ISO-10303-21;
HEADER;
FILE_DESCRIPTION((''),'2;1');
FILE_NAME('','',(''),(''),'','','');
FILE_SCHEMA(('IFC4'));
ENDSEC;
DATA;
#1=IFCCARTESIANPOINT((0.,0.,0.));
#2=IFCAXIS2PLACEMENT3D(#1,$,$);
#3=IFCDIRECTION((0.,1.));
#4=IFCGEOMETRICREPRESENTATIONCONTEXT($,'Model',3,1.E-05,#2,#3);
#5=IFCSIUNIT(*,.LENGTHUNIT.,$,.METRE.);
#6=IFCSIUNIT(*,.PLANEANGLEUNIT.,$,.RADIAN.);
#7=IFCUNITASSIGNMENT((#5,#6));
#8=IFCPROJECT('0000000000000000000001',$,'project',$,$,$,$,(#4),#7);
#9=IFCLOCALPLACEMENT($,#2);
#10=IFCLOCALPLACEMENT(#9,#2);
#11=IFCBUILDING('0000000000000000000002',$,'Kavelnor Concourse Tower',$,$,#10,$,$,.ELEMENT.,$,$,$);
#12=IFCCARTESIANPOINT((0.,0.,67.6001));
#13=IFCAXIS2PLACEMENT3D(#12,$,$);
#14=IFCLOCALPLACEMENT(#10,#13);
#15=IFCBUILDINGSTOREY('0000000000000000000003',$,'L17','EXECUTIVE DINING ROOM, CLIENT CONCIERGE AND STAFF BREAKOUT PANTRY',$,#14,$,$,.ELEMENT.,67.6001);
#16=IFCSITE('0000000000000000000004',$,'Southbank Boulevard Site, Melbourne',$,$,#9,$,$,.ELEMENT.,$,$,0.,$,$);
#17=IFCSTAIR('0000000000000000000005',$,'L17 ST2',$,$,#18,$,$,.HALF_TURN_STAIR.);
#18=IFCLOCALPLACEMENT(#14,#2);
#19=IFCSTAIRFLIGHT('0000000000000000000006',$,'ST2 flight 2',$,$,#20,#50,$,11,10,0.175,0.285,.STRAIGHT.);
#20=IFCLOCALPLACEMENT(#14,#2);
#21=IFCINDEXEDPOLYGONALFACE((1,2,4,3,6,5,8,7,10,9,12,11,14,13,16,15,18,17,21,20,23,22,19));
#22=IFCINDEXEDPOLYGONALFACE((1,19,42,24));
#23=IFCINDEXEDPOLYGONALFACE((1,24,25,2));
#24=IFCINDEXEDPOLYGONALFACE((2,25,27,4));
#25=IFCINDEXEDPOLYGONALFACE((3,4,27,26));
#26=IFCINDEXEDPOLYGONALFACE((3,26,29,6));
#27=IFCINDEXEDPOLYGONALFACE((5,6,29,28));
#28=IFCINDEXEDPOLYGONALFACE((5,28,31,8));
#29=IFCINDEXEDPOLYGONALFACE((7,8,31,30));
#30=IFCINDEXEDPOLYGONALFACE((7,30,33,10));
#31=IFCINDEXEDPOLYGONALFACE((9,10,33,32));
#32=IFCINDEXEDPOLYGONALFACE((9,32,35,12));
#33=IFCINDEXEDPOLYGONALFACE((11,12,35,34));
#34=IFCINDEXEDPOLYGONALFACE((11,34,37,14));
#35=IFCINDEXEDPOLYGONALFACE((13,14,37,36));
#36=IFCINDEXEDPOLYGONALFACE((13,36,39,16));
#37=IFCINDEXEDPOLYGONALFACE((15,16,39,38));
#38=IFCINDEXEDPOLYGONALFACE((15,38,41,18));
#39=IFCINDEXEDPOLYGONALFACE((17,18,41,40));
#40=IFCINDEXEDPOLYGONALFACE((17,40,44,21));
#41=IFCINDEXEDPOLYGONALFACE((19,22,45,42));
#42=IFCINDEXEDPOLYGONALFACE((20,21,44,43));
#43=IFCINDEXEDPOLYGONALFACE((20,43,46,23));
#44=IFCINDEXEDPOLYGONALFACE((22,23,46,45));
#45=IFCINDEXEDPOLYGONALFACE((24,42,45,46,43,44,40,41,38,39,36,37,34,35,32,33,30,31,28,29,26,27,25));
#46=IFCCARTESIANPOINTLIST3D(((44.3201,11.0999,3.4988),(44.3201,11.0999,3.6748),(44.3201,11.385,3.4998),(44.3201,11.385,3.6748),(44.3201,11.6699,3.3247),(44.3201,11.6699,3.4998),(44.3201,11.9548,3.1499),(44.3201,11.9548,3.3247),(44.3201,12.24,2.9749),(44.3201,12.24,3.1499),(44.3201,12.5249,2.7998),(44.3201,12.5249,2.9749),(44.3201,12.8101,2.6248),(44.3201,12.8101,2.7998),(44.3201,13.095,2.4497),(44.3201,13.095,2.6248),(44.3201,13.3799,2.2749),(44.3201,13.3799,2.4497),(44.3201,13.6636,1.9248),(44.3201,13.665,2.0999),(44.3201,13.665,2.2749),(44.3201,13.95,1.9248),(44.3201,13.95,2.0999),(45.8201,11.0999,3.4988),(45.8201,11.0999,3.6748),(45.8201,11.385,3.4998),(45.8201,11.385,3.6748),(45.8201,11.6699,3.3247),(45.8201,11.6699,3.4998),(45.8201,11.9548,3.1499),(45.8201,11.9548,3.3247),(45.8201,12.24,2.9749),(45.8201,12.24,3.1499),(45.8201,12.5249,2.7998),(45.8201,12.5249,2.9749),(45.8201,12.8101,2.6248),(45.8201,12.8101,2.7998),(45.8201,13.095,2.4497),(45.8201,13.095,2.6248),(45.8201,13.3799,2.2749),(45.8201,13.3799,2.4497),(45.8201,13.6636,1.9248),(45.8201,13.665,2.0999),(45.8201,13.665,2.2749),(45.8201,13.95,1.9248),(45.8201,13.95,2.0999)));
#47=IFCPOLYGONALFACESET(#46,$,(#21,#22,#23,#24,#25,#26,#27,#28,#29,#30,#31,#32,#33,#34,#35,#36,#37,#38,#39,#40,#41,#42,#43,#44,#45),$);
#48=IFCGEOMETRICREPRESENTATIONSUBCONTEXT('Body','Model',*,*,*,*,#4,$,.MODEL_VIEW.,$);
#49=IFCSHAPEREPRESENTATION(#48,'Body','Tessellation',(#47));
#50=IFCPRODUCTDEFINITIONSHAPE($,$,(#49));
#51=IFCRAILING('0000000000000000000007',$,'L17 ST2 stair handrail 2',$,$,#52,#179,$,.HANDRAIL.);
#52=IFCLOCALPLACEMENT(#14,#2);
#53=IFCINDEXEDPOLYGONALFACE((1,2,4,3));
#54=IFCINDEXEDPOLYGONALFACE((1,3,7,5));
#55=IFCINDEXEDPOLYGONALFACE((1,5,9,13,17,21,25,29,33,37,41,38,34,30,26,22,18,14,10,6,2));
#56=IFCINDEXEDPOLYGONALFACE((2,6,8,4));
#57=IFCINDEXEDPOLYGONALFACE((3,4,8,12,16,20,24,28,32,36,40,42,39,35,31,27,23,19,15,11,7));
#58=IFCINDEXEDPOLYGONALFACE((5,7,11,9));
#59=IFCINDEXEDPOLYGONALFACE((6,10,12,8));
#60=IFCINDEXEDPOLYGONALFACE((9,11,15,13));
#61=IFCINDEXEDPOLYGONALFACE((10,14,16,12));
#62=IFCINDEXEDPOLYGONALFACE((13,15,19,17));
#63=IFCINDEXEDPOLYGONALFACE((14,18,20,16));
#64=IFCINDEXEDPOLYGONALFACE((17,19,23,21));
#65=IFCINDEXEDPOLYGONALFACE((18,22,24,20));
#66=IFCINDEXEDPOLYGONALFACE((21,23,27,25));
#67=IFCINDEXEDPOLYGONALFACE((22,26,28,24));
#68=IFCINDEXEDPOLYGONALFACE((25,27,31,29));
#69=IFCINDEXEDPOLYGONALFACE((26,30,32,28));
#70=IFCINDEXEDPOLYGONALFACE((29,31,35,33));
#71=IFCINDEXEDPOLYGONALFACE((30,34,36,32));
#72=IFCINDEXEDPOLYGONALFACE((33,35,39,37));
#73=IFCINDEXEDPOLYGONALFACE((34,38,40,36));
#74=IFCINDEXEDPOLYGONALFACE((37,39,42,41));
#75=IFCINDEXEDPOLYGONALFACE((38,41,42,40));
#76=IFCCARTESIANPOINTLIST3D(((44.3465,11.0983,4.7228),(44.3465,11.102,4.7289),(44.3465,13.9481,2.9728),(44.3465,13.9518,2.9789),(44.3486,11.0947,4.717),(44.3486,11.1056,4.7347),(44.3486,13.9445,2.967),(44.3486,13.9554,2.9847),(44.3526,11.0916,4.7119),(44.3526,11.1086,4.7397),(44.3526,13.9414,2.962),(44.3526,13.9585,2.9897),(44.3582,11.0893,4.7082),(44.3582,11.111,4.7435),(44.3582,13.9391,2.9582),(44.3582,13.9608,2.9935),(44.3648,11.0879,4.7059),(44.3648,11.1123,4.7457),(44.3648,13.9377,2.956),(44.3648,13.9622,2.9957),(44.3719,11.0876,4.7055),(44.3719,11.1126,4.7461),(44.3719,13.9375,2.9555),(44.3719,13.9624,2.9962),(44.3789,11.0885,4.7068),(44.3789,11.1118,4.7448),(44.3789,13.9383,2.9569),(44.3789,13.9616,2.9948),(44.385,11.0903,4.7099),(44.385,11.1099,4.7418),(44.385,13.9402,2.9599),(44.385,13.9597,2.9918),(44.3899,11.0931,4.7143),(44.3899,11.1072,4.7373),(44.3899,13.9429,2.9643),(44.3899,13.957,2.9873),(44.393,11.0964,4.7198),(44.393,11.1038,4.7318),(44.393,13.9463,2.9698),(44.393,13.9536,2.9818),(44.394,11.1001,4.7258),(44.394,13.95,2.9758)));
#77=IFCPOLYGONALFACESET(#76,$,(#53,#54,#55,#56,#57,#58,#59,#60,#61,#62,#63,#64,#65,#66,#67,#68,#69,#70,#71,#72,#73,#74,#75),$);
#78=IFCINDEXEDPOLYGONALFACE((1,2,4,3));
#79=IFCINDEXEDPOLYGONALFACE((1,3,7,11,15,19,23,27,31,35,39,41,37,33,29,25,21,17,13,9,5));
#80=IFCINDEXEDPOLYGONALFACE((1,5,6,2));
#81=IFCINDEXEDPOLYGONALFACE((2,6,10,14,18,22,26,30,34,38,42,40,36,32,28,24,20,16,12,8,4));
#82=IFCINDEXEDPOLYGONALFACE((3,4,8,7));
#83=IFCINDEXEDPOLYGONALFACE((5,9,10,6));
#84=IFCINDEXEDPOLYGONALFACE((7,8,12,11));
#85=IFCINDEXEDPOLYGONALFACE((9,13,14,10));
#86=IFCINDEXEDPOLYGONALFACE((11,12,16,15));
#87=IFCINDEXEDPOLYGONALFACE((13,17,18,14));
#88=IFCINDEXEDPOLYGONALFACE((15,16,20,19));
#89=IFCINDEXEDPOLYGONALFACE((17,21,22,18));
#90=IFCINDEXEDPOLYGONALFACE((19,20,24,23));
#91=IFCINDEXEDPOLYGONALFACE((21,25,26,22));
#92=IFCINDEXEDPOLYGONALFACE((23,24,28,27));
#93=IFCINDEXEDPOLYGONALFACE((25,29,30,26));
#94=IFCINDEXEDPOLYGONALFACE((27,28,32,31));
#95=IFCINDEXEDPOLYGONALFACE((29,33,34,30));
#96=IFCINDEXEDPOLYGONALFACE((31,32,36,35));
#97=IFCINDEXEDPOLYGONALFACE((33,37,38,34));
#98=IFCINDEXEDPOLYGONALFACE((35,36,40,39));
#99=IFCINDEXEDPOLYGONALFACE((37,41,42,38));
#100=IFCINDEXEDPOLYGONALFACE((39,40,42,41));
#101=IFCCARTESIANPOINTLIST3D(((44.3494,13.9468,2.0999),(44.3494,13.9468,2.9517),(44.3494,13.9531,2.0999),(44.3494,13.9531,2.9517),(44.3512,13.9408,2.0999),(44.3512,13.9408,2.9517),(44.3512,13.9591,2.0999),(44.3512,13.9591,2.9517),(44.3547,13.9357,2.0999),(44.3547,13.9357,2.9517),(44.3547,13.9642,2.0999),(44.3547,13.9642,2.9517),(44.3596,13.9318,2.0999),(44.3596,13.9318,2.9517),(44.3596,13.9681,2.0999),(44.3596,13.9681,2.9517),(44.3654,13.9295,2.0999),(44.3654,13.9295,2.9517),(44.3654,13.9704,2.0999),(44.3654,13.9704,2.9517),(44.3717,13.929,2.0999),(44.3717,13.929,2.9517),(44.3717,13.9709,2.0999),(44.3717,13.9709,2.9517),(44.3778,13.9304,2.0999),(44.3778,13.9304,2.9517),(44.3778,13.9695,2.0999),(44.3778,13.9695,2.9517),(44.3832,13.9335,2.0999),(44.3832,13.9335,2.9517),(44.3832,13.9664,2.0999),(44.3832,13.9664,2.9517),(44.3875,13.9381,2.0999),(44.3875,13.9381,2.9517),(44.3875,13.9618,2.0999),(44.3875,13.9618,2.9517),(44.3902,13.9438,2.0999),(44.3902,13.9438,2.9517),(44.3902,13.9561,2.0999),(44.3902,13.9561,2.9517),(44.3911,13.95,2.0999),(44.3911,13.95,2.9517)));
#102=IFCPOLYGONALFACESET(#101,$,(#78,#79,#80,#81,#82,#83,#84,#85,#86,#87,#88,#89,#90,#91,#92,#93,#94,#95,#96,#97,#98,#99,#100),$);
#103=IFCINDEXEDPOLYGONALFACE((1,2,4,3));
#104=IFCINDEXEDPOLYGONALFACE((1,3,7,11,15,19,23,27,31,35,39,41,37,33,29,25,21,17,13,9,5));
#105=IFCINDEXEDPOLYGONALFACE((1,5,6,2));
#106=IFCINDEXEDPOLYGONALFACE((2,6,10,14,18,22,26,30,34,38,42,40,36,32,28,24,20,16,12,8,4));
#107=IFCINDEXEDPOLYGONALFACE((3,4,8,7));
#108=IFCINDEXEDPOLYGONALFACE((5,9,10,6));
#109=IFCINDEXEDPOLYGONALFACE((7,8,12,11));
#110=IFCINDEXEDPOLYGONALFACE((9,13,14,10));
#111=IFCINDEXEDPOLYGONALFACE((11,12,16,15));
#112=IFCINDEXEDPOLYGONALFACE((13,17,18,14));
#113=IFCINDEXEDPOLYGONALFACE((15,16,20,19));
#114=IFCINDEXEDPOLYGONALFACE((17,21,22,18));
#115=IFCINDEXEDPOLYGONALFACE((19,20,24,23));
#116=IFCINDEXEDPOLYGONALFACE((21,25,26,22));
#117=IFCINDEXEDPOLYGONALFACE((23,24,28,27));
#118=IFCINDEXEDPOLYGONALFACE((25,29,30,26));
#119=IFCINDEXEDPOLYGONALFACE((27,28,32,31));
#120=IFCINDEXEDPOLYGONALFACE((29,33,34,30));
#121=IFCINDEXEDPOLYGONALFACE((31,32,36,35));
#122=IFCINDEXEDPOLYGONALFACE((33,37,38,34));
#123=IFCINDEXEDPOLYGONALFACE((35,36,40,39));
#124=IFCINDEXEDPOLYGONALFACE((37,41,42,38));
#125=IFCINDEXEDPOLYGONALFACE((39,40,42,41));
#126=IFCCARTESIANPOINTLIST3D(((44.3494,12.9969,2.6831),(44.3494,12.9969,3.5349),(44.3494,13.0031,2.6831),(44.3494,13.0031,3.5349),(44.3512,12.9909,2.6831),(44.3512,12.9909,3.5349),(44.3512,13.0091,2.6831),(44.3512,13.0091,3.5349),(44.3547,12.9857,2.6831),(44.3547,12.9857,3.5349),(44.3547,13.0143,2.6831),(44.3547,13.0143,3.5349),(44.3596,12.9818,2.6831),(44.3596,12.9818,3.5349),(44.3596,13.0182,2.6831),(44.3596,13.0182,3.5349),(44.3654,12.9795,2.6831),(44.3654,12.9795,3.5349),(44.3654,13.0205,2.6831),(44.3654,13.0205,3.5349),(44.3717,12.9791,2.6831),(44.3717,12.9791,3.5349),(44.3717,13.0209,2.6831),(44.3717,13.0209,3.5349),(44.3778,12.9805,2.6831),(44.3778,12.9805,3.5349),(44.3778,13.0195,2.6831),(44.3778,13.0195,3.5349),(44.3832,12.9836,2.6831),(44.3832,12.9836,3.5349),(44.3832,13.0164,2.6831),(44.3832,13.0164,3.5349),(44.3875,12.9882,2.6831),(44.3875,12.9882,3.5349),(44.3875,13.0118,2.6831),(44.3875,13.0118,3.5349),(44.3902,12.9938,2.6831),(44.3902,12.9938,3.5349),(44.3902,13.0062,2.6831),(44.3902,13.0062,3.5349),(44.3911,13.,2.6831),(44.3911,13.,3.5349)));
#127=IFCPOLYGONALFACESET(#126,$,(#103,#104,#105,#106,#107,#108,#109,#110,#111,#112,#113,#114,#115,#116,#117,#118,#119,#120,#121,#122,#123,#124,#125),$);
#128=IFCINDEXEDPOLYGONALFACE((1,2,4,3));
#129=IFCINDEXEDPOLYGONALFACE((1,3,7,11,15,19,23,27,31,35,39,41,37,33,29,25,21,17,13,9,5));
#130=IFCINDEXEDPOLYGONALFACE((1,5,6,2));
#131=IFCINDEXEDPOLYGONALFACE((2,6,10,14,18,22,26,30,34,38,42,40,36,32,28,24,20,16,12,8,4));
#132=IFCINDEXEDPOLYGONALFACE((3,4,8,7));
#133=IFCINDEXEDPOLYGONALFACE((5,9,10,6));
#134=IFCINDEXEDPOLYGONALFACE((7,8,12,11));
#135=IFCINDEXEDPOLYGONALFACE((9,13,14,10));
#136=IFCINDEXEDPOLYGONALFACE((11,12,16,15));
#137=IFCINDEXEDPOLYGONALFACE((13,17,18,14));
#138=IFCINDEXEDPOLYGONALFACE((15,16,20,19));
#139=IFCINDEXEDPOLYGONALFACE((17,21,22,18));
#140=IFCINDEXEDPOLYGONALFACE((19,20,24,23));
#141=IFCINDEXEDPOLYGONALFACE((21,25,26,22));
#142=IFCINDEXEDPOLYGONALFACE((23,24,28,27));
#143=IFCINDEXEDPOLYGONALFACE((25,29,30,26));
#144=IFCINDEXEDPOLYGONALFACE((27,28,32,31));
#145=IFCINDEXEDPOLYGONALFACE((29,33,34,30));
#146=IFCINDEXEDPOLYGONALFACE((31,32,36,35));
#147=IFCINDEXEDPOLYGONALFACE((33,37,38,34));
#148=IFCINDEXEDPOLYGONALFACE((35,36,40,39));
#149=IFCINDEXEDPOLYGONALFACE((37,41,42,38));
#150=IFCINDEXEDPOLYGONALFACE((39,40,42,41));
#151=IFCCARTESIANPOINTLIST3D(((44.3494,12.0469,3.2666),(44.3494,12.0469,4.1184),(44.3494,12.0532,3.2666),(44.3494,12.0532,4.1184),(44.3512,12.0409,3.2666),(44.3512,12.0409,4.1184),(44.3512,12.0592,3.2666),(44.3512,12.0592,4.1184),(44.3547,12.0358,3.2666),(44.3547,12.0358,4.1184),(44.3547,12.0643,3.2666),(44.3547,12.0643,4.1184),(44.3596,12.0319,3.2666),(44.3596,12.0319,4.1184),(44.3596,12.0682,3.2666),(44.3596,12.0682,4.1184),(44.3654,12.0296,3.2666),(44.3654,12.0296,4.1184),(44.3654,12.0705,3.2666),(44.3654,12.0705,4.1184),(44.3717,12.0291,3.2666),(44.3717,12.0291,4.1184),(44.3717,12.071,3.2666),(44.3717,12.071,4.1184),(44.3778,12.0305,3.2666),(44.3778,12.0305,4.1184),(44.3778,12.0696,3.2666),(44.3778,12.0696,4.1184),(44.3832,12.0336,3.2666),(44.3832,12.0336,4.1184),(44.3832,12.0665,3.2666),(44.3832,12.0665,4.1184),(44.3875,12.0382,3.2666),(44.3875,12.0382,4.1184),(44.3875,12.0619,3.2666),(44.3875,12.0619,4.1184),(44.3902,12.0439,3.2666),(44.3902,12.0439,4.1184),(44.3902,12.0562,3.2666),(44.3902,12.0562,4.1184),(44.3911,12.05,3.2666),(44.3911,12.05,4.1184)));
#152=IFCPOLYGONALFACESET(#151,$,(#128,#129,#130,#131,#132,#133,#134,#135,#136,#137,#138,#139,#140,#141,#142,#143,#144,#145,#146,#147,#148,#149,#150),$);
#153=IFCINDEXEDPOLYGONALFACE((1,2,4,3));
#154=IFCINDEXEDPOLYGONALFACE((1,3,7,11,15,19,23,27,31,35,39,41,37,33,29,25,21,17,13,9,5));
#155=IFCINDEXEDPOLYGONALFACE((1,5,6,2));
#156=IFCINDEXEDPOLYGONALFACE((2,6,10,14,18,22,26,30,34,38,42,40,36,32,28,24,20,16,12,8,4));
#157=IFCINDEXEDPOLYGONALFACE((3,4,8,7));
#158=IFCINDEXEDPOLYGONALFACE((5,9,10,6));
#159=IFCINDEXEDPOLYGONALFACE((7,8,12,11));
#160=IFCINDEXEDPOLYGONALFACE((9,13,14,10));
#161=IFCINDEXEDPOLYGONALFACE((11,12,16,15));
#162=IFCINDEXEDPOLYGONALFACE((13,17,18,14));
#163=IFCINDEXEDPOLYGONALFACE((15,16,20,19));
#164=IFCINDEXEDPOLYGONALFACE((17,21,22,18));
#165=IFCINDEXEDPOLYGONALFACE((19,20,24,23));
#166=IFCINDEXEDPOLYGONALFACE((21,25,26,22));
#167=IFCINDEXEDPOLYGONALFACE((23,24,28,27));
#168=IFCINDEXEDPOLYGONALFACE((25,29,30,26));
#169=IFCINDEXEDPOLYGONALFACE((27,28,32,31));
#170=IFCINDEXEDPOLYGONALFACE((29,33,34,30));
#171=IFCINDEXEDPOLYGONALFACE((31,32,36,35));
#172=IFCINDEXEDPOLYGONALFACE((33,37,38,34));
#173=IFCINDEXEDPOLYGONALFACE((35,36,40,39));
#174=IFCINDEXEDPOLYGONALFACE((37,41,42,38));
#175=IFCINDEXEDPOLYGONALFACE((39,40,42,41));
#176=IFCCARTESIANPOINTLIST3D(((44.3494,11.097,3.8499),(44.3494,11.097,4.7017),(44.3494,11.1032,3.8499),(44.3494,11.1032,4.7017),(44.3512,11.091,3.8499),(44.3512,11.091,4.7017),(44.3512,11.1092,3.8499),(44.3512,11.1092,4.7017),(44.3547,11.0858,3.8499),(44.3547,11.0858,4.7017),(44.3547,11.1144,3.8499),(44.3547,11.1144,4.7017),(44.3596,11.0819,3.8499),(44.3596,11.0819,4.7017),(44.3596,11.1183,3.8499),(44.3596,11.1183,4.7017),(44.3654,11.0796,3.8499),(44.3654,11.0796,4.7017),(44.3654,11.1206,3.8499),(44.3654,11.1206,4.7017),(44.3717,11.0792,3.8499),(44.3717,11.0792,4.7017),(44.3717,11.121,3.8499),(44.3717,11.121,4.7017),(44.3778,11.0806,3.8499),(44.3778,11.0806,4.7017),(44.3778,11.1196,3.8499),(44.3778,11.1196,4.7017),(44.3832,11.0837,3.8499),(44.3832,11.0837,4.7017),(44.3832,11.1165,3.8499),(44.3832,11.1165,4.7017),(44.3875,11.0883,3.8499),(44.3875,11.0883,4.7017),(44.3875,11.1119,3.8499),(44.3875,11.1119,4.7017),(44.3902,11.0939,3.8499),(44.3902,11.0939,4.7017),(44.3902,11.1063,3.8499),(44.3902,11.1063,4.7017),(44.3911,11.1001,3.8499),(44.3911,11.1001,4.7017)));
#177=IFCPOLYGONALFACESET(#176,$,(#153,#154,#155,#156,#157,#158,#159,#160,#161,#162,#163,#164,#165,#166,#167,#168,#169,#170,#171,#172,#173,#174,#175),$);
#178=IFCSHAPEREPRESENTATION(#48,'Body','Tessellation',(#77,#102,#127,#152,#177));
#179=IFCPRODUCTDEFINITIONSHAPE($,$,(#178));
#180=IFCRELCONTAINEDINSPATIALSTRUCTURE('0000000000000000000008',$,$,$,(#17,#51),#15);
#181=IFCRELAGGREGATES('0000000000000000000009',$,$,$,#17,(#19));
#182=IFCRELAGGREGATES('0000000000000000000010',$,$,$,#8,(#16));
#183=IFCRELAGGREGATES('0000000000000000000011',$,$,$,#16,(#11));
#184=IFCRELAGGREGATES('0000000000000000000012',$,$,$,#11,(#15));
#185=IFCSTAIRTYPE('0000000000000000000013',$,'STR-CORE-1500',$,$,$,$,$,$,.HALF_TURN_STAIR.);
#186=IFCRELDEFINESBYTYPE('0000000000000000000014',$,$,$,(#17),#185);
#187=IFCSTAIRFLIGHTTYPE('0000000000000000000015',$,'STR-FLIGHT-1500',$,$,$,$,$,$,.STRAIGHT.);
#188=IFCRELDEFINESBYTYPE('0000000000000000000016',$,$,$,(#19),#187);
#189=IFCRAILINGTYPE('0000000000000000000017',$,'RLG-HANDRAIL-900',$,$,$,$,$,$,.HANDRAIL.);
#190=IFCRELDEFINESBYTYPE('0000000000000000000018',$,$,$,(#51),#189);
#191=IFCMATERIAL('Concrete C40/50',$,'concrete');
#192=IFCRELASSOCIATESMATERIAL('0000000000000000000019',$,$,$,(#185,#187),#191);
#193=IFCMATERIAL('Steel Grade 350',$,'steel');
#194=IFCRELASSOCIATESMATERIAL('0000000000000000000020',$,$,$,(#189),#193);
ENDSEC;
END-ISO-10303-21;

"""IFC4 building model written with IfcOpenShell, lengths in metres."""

from ifc_helpers import new_model, si_unit, direction, frame, origin, origin_2d, place, context, subcontext, project, spatial, polyline, circle, outline, extrude, material, type_object, element, aggregate, save


model = new_model("IFC4")

# Units and contexts
model_context = context("Model", 3, precision=1e-05, world=origin(), true_north=direction((0.0, 1.0)))
body_context = subcontext(model_context, "Body", "Model", "MODEL_VIEW")
ifc_project = project(units=[si_unit("LENGTHUNIT", "METRE"), si_unit("PLANEANGLEUNIT", "RADIAN")], contexts=[model_context])

# Site, building, storey
site_placement = place(None, origin())
site = spatial("IfcSite", under=ifc_project, at=site_placement, Name="Southbank Boulevard Site, Melbourne", CompositionType="ELEMENT", RefElevation=0.0)
building_placement = place(site_placement, origin())
building = spatial("IfcBuilding", under=site, at=building_placement, Name="Kavelnor Concourse Tower", CompositionType="ELEMENT")
storey_placement = place(building_placement, frame((0.0, 0.0, 67.6001)))
storey = spatial("IfcBuildingStorey", under=building, at=storey_placement, Name="L17", Description="EXECUTIVE DINING ROOM, CLIENT CONCIERGE AND STAFF BREAKOUT PANTRY", CompositionType="ELEMENT", Elevation=67.6001)

# Shared definitions
ifc_material_1 = material(Name="Steel Grade 350", Category="steel")

# Stair, stair flight
ifc_material_2 = material(Name="Concrete C40/50", Category="concrete")
stair_type = type_object("IfcStairType", Name="STR-CORE-1500", PredefinedType="HALF_TURN_STAIR", material=ifc_material_2)
stair_placement = place(storey_placement, origin())
stair = element("IfcStair", 1, at=stair_placement, inside=storey, type_object=stair_type, Name="L17 ST2", PredefinedType="HALF_TURN_STAIR")
stair_flight_type = type_object("IfcStairFlightType", Name="STR-FLIGHT-1500", PredefinedType="STRAIGHT", material=ifc_material_2)
stair_flight_placement = place(storey_placement, frame((45.0701, 13.95, 1.9248), z_axis=(0.0, 0.0, 1.0), x_axis=(0.0, -1.0, 0.0)))
stair_flight = element("IfcStairFlight", 2, at=stair_flight_placement, type_object=stair_flight_type, Name="ST2 flight 2", NumberOfRisers=11, NumberOfTreads=10, PredefinedType="STRAIGHT", RiserHeight=0.175, TreadLength=0.285, context=body_context, shape_type="SweptSolid", body=[
    extrude(outline(polyline([(0.0, 0.0), (0.0, 0.175), (0.2849, 0.175), (0.2849, 0.3501), (0.5701, 0.3501), (0.5701, 0.5249), (0.855, 0.5249), (0.855, 0.7), (1.1399, 0.7), (1.1399, 0.875), (1.425, 0.875), (1.425, 1.05), (1.71, 1.05), (1.71, 1.2251), (1.9951, 1.2251), (1.9951, 1.3999), (2.28, 1.3999), (2.28, 1.575), (2.5649, 1.575), (2.5649, 1.75), (2.8501, 1.75), (2.8501, 1.925), (2.8501, 1.574), (0.2864, 0.0), (0.0, 0.0)])), frame((0.0, 0.75, 0.0), z_axis=(0.0, -1.0, 0.0), x_axis=(1.0, 0.0, 0.0)), (0.0, 0.0, 1.0), 1.5),
])
aggregate(stair, [stair_flight])

# Railing
railing_type = type_object("IfcRailingType", Name="RLG-HANDRAIL-900", PredefinedType="HANDRAIL", material=ifc_material_1)
railing_placement = place(storey_placement, frame((44.3701, 13.95, 2.0999)))
element("IfcRailing", 3, at=railing_placement, inside=storey, type_object=railing_type, Name="L17 ST2 stair handrail 2", PredefinedType="HANDRAIL", context=body_context, shape_type="SweptSolid", body=[
    extrude(circle(Radius=0.0239, at=origin_2d()), frame((0.0, 0.0, 0.876), z_axis=(0.0, -0.852159, 0.523283), x_axis=(1.0, 0.0, 0.0)), (0.0, 0.0, 1.0), 3.3442),
    extrude(circle(Radius=0.021, at=origin_2d()), origin(), (0.0, 0.0, 1.0), 0.8518),
    extrude(circle(Radius=0.021, at=origin_2d()), frame((0.0, -0.95, 0.5833)), (0.0, 0.0, 1.0), 0.8518),
    extrude(circle(Radius=0.021, at=origin_2d()), frame((0.0, -1.8999, 1.1667)), (0.0, 0.0, 1.0), 0.8518),
    extrude(circle(Radius=0.021, at=origin_2d()), frame((0.0, -2.8499, 1.75)), (0.0, 0.0, 1.0), 0.8518),
])

save(model, "model.ifc")
